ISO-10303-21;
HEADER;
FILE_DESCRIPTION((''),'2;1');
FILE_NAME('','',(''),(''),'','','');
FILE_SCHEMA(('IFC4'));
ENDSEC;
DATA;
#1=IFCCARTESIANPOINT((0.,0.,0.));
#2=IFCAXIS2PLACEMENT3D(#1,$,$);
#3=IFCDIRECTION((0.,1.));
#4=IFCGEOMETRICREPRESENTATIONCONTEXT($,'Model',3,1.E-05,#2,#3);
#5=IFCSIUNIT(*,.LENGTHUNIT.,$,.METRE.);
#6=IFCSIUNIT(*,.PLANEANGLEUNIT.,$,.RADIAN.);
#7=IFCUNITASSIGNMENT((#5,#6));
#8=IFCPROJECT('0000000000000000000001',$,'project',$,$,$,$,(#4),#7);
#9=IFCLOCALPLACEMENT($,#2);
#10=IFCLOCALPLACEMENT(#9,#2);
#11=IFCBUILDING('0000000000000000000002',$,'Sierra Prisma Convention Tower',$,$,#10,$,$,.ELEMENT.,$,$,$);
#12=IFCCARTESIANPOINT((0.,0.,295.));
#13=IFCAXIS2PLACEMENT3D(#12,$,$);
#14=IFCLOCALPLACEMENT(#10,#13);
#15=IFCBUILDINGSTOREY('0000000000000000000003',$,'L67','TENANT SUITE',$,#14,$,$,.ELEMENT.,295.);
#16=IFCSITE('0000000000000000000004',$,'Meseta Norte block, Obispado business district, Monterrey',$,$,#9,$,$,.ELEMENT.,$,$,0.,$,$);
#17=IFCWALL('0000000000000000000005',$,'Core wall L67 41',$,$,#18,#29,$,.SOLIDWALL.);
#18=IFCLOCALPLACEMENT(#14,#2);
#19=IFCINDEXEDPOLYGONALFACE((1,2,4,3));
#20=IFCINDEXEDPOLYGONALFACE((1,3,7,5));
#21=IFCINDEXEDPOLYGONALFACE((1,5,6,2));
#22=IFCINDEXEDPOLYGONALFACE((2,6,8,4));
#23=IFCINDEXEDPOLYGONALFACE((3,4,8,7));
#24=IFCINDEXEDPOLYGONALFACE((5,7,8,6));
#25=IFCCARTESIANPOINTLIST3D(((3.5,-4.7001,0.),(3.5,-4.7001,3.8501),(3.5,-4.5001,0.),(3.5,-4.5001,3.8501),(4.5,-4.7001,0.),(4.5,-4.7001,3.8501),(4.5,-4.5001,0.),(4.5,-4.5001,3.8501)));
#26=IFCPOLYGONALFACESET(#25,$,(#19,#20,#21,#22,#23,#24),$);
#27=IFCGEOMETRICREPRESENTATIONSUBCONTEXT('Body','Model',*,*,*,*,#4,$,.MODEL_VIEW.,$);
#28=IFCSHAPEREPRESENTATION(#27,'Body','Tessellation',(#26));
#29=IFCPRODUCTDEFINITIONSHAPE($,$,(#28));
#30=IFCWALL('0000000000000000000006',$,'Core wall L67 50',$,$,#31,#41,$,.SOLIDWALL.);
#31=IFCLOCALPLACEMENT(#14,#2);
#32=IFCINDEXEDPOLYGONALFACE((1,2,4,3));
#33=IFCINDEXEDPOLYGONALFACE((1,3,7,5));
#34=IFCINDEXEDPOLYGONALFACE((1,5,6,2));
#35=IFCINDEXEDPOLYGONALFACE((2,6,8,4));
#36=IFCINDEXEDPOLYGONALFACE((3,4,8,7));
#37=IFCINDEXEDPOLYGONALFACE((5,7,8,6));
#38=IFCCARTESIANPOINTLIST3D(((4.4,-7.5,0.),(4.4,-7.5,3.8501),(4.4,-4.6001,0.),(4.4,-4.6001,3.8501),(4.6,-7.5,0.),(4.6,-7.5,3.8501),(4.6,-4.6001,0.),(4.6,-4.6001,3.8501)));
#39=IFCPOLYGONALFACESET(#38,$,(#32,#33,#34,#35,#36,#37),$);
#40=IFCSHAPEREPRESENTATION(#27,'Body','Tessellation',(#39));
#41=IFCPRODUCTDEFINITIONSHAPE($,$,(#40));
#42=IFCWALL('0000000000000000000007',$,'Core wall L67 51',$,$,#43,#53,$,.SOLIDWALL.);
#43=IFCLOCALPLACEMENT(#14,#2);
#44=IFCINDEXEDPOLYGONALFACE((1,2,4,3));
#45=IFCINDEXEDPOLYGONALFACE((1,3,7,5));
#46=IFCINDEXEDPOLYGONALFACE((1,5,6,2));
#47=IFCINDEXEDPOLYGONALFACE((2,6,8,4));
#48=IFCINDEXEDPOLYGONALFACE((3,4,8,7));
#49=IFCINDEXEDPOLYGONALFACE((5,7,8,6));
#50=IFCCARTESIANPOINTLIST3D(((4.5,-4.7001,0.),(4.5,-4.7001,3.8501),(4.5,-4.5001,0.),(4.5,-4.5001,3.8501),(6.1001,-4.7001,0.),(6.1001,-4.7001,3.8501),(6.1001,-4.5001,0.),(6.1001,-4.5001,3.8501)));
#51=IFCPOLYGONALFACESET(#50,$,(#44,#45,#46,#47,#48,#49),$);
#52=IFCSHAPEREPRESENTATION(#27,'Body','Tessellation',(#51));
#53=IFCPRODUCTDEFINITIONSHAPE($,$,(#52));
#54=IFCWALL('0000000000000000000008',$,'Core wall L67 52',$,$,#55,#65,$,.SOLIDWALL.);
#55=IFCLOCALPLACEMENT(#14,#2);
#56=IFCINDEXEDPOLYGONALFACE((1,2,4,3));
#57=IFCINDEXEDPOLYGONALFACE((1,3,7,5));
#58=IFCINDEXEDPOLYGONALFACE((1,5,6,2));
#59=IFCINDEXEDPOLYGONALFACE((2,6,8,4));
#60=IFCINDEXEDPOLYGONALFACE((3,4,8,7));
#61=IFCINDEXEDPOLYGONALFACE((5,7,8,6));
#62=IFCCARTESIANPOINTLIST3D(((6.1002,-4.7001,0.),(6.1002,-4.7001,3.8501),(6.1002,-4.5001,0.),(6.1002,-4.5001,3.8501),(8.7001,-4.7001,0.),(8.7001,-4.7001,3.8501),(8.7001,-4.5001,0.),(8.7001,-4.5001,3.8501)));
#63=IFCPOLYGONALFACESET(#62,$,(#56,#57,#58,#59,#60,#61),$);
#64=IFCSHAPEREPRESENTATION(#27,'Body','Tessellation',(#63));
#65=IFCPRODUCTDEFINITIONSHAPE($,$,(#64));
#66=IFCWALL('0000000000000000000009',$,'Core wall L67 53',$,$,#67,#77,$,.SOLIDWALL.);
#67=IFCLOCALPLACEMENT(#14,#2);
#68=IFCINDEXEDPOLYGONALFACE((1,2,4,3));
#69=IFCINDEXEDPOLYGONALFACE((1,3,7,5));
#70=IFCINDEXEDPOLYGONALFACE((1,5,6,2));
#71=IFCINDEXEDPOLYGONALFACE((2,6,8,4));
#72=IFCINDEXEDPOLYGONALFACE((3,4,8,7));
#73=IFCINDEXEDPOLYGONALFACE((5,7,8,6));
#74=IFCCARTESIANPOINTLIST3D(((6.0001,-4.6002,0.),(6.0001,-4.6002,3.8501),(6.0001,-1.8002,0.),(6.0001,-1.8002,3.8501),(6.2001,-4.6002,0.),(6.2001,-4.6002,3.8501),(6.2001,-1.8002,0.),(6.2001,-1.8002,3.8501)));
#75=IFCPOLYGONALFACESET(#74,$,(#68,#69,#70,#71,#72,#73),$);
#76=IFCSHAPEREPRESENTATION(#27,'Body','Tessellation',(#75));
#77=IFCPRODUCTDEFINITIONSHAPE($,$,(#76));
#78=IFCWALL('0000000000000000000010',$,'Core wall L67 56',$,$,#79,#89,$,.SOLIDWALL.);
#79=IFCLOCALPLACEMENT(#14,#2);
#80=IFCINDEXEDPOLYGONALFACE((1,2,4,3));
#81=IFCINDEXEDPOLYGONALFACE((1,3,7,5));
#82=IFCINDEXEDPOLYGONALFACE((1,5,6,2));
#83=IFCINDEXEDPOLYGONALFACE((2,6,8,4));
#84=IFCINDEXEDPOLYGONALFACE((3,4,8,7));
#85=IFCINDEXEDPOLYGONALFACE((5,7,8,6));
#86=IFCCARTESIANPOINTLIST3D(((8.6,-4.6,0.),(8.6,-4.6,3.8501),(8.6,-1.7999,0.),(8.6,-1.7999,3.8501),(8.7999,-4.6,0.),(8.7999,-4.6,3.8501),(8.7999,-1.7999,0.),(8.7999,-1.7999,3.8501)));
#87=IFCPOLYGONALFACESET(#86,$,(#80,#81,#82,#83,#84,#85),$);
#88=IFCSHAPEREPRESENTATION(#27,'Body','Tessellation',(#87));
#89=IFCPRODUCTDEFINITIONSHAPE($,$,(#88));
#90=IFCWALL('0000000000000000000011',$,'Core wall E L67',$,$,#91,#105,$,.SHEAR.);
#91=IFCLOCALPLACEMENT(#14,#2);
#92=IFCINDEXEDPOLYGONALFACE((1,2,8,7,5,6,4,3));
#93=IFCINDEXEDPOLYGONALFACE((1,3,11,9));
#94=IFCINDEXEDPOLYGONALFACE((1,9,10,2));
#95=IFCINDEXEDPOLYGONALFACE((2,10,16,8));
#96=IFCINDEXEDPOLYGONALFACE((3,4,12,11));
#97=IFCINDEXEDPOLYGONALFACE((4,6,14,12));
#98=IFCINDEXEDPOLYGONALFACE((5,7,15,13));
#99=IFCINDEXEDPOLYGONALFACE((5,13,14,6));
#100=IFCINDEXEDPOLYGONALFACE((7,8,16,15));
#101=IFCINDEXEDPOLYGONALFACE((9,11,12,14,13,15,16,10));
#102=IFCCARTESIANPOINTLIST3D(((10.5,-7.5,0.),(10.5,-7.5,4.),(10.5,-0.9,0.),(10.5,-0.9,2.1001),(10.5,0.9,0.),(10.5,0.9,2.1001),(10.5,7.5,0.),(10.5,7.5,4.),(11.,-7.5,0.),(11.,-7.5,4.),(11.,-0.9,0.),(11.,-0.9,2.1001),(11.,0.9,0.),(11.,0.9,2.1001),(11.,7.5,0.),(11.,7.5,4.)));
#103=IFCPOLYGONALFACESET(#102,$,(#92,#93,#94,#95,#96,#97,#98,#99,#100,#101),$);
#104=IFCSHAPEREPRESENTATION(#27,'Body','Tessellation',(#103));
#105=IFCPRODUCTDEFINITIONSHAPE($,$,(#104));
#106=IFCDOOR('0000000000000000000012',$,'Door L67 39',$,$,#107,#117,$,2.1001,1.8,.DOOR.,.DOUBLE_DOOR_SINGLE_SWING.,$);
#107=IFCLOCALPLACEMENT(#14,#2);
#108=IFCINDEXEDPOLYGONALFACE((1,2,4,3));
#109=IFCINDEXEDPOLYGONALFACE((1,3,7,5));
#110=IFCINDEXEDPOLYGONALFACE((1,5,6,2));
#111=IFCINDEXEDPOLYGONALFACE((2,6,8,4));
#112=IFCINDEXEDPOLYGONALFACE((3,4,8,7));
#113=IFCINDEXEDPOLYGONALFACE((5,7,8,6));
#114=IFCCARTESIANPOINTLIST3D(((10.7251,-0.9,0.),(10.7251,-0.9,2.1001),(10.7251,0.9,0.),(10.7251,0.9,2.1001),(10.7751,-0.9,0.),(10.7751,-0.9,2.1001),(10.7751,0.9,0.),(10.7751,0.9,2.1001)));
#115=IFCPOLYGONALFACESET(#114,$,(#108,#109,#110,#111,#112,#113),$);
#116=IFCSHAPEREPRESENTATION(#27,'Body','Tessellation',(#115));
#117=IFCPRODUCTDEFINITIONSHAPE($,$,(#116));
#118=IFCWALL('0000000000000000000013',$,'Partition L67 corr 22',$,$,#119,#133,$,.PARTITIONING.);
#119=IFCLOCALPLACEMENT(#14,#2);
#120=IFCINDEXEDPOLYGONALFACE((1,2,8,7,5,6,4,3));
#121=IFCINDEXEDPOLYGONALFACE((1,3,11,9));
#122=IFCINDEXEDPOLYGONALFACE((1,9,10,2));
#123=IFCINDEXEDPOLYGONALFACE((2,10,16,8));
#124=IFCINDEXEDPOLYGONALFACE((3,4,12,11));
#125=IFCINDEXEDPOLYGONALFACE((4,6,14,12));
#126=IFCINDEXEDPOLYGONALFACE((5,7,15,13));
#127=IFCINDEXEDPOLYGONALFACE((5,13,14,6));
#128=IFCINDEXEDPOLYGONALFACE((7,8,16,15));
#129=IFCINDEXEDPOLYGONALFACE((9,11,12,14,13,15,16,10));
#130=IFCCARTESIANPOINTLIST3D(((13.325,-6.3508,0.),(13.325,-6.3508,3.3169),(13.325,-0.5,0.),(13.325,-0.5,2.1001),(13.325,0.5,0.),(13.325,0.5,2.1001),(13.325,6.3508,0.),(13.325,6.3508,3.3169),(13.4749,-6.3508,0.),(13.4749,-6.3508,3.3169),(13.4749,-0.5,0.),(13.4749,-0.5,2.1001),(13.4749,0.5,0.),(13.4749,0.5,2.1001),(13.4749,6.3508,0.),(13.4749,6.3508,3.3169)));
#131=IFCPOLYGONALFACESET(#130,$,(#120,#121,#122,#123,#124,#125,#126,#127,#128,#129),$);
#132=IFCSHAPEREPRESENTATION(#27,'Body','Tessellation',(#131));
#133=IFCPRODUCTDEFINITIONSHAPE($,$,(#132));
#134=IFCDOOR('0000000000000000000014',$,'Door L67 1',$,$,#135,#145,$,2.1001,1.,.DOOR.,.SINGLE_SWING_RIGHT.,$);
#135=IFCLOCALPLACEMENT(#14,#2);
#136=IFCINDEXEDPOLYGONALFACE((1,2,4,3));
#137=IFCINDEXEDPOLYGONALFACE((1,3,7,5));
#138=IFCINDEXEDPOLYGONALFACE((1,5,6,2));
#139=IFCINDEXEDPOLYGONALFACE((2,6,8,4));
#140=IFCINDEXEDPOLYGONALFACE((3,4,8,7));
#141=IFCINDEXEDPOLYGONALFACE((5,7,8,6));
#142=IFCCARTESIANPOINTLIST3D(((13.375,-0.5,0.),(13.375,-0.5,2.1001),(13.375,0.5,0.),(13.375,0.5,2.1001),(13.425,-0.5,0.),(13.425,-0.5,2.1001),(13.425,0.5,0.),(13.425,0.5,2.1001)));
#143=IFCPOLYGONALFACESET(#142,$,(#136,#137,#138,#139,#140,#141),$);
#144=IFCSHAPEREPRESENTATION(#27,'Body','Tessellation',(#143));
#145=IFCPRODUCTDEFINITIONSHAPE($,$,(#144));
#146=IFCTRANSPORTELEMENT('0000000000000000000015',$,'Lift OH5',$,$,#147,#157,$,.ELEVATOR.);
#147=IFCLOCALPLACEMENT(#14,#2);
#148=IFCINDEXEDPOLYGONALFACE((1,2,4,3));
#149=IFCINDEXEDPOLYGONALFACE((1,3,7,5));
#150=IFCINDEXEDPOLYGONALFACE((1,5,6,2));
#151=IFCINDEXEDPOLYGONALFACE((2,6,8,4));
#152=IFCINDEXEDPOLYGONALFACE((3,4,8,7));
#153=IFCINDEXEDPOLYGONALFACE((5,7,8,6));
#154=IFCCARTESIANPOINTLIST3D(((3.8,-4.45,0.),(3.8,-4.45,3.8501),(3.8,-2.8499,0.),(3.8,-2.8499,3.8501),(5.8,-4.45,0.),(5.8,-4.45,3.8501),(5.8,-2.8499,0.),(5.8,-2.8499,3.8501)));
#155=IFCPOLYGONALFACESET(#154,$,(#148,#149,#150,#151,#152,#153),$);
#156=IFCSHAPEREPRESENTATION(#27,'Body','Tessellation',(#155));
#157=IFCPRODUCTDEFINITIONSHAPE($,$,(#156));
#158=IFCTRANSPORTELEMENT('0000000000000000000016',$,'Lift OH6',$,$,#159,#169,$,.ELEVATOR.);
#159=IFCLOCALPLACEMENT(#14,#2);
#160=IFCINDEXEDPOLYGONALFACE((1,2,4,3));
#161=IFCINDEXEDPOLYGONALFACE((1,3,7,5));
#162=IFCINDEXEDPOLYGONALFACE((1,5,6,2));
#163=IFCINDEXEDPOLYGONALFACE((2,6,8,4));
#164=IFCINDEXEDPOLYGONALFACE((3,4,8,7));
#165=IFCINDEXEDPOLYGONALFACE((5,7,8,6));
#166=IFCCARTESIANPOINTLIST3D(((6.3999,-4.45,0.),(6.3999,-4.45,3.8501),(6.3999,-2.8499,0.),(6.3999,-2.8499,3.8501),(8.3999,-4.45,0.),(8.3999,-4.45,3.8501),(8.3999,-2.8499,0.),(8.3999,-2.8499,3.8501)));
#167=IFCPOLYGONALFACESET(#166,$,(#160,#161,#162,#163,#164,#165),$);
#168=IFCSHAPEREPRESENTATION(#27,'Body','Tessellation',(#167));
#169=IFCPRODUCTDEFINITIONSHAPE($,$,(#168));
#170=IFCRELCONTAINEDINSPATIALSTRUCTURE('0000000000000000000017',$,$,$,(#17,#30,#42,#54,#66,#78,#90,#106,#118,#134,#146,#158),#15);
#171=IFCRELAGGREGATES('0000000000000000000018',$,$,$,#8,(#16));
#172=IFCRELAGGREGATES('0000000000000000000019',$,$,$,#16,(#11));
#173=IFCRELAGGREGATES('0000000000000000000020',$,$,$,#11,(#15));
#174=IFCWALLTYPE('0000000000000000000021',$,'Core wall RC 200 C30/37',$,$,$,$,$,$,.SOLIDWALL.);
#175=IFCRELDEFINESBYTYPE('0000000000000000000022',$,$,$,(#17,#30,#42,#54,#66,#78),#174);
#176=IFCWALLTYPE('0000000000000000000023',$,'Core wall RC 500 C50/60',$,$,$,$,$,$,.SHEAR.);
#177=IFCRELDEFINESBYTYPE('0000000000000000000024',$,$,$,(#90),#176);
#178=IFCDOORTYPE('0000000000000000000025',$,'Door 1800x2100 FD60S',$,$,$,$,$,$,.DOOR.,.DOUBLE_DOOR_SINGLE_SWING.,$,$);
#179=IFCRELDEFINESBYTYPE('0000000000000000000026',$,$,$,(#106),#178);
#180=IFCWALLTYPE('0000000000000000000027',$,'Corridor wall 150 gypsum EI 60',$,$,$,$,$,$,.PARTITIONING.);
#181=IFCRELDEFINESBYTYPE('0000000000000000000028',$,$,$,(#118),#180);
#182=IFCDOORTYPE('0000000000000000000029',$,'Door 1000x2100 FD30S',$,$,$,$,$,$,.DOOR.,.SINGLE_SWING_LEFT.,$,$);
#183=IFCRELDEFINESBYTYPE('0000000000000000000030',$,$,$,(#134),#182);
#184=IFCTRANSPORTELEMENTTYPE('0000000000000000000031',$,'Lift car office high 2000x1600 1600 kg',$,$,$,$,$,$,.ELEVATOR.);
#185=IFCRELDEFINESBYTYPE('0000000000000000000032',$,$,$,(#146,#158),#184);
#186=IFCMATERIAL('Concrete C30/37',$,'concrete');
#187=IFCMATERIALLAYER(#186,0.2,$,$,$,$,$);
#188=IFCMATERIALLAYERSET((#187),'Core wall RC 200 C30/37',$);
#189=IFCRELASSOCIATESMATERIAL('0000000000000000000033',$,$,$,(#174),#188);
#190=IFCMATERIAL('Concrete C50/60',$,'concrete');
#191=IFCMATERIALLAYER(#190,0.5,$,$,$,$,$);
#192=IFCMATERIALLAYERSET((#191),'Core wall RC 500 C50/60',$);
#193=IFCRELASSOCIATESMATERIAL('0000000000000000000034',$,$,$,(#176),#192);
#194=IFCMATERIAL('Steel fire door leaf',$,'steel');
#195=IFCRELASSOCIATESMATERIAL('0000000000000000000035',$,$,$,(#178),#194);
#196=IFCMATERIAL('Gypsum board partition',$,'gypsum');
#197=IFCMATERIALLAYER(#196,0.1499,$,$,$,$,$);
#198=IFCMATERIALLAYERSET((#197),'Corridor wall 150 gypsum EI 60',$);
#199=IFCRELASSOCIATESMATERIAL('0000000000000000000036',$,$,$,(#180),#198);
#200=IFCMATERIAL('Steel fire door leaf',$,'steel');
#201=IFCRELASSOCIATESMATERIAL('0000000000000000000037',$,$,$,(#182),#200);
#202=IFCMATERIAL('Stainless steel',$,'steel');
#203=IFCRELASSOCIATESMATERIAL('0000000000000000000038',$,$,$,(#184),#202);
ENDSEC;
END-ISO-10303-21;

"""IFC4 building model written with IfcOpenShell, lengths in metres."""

from ifc_helpers import new_model, si_unit, direction, frame, frame_2d, origin, origin_2d, place, context, subcontext, project, spatial, rectangle, extrude, material, layer, layer_set, type_object, element, fill, save


model = new_model("IFC4")

# Units and contexts
model_context = context("Model", 3, precision=1e-05, world=origin(), true_north=direction((0.0, 1.0)))
body_context = subcontext(model_context, "Body", "Model", "MODEL_VIEW")
ifc_project = project(units=[si_unit("LENGTHUNIT", "METRE"), si_unit("PLANEANGLEUNIT", "RADIAN")], contexts=[model_context])

# Site, building, storey
site_placement = place(None, origin())
site = spatial("IfcSite", under=ifc_project, at=site_placement, Name="Meseta Norte block, Obispado business district, Monterrey", CompositionType="ELEMENT", RefElevation=0.0)
building_placement = place(site_placement, origin())
building = spatial("IfcBuilding", under=site, at=building_placement, Name="Sierra Prisma Convention Tower", CompositionType="ELEMENT")
storey_placement = place(building_placement, frame((0.0, 0.0, 295.0)))
storey = spatial("IfcBuildingStorey", under=building, at=storey_placement, Name="L67", Description="TENANT SUITE", CompositionType="ELEMENT", Elevation=295.0)

# Walls
ifc_material_1 = material(Name="Concrete C30/37", Category="concrete")
ifc_layer_1 = layer(ifc_material_1, 0.2)
ifc_layer_set_1 = layer_set([ifc_layer_1], Name="Core wall RC 200 C30/37")
wall_type_1 = type_object("IfcWallType", Name="Core wall RC 200 C30/37", PredefinedType="SOLIDWALL", material=ifc_layer_set_1)
wall_1_placement = place(storey_placement, frame((4.5, -4.6001, 0.0), z_axis=(0.0, 0.0, 1.0), x_axis=(-1.0, 0.0, 0.0)))
element("IfcWall", 1, at=wall_1_placement, inside=storey, type_object=wall_type_1, Name="Core wall L67 41", PredefinedType="SOLIDWALL", context=body_context, shape_type="SweptSolid", body=[
    extrude(rectangle(XDim=1.0, YDim=0.2, at=frame_2d((0.5, 0.0))), origin(), (0.0, 0.0, 1.0), 3.8501),
])
wall_2_placement = place(storey_placement, frame((4.5, -4.6001, 0.0), z_axis=(0.0, 0.0, 1.0), x_axis=(0.0, -1.0, 0.0)))
element("IfcWall", 2, at=wall_2_placement, inside=storey, type_object=wall_type_1, Name="Core wall L67 50", PredefinedType="SOLIDWALL", context=body_context, shape_type="SweptSolid", body=[
    extrude(rectangle(XDim=2.8999, YDim=0.2, at=frame_2d((1.45, 0.0))), origin(), (0.0, 0.0, 1.0), 3.8501),
])
wall_3_placement = place(storey_placement, frame((6.1001, -4.6001, 0.0), z_axis=(0.0, 0.0, 1.0), x_axis=(-1.0, 0.0, 0.0)))
element("IfcWall", 3, at=wall_3_placement, inside=storey, type_object=wall_type_1, Name="Core wall L67 51", PredefinedType="SOLIDWALL", context=body_context, shape_type="SweptSolid", body=[
    extrude(rectangle(XDim=1.6001, YDim=0.2, at=frame_2d((0.8, 0.0))), origin(), (0.0, 0.0, 1.0), 3.8501),
])
wall_4_placement = place(storey_placement, frame((8.7, -4.6001, 0.0), z_axis=(0.0, 0.0, 1.0), x_axis=(-1.0, 0.0, 0.0)))
element("IfcWall", 4, at=wall_4_placement, inside=storey, type_object=wall_type_1, Name="Core wall L67 52", PredefinedType="SOLIDWALL", context=body_context, shape_type="SweptSolid", body=[
    extrude(rectangle(XDim=2.5999, YDim=0.2, at=frame_2d((1.2998, 0.0))), origin(), (0.0, 0.0, 1.0), 3.8501),
])
wall_5_placement = place(storey_placement, frame((6.1001, -4.6001, 0.0), z_axis=(0.0, 0.0, 1.0), x_axis=(0.0, 1.0, 0.0)))
element("IfcWall", 5, at=wall_5_placement, inside=storey, type_object=wall_type_1, Name="Core wall L67 53", PredefinedType="SOLIDWALL", context=body_context, shape_type="SweptSolid", body=[
    extrude(rectangle(XDim=2.8, YDim=0.2, at=frame_2d((1.3999, 0.0))), origin(), (0.0, 0.0, 1.0), 3.8501),
])

# Wall
wall_6_placement = place(storey_placement, frame((8.7, -1.8, 0.0), z_axis=(0.0, 0.0, 1.0), x_axis=(0.0, -1.0, 0.0)))
element("IfcWall", 6, at=wall_6_placement, inside=storey, type_object=wall_type_1, Name="Core wall L67 56", PredefinedType="SOLIDWALL", context=body_context, shape_type="SweptSolid", body=[
    extrude(rectangle(XDim=2.8, YDim=0.2, at=frame_2d((1.3999, 0.0))), origin(), (0.0, 0.0, 1.0), 3.8501),
])

# Walls, openings, doors
ifc_material_2 = material(Name="Concrete C50/60", Category="concrete")
ifc_layer_2 = layer(ifc_material_2, 0.5)
ifc_layer_set_2 = layer_set([ifc_layer_2], Name="Core wall RC 500 C50/60")
wall_type_2 = type_object("IfcWallType", Name="Core wall RC 500 C50/60", PredefinedType="SHEAR", material=ifc_layer_set_2)
wall_7_placement = place(storey_placement, frame((10.75, -7.5, 0.0), z_axis=(0.0, 0.0, 1.0), x_axis=(0.0, 1.0, 0.0)))
wall_7 = element("IfcWall", 7, at=wall_7_placement, inside=storey, type_object=wall_type_2, Name="Core wall E L67", PredefinedType="SHEAR", context=body_context, shape_type="SweptSolid", body=[
    extrude(rectangle(XDim=15.0, YDim=0.5, at=frame_2d((7.5, 0.0))), origin(), (0.0, 0.0, 1.0), 4.0),
])
opening_1_placement = place(wall_7_placement, frame((6.6001, 0.0, 0.0)))
opening_1 = element("IfcOpeningElement", 8, at=opening_1_placement, cuts=wall_7, PredefinedType="OPENING", context=body_context, shape_type="SweptSolid", body=[
    extrude(rectangle(XDim=1.8, YDim=2.1001, at=frame_2d((0.8999, 1.05))), frame((0.0, 0.25, 0.0), z_axis=(0.0, -1.0, 0.0), x_axis=(1.0, 0.0, 0.0)), (0.0, 0.0, 1.0), 0.5),
])
ifc_material_3 = material(Name="Steel fire door leaf", Category="steel")
door_type_1 = type_object("IfcDoorType", Name="Door 1800x2100 FD60S", OperationType="DOUBLE_DOOR_SINGLE_SWING", PredefinedType="DOOR", material=ifc_material_3)
door_1_placement = place(opening_1_placement, origin())
door_1 = element("IfcDoor", 9, at=door_1_placement, inside=storey, type_object=door_type_1, Name="Door L67 39", OperationType="DOUBLE_DOOR_SINGLE_SWING", OverallHeight=2.1001, OverallWidth=1.8, PredefinedType="DOOR", context=body_context, shape_type="SweptSolid", body=[
    extrude(rectangle(XDim=1.8, YDim=2.1001, at=frame_2d((0.8999, 1.05))), frame((0.0, 0.0249, 0.0), z_axis=(0.0, -1.0, 0.0), x_axis=(1.0, 0.0, 0.0)), (0.0, 0.0, 1.0), 0.05),
])
fill(opening_1, door_1)
ifc_material_4 = material(Name="Gypsum board partition", Category="gypsum")
ifc_layer_3 = layer(ifc_material_4, 0.1499)
ifc_layer_set_3 = layer_set([ifc_layer_3], Name="Corridor wall 150 gypsum EI 60")
wall_type_3 = type_object("IfcWallType", Name="Corridor wall 150 gypsum EI 60", PredefinedType="PARTITIONING", material=ifc_layer_set_3)
wall_8_placement = place(storey_placement, frame((13.3999, -6.3508, 0.0), z_axis=(0.0, 0.0, 1.0), x_axis=(0.0, 1.0, 0.0)))
wall_8 = element("IfcWall", 10, at=wall_8_placement, inside=storey, type_object=wall_type_3, Name="Partition L67 corr 22", PredefinedType="PARTITIONING", context=body_context, shape_type="SweptSolid", body=[
    extrude(rectangle(XDim=12.7017, YDim=0.1499, at=frame_2d((6.3508, 0.0))), origin(), (0.0, 0.0, 1.0), 3.3169),
])
opening_2_placement = place(wall_8_placement, frame((5.8508, 0.0, 0.0)))
opening_2 = element("IfcOpeningElement", 11, at=opening_2_placement, cuts=wall_8, PredefinedType="OPENING", context=body_context, shape_type="SweptSolid", body=[
    extrude(rectangle(XDim=1.0, YDim=2.1001, at=frame_2d((0.5, 1.05))), frame((0.0, 0.075, 0.0), z_axis=(0.0, -1.0, 0.0), x_axis=(1.0, 0.0, 0.0)), (0.0, 0.0, 1.0), 0.1499),
])
ifc_material_5 = material(Name="Steel fire door leaf", Category="steel")
door_type_2 = type_object("IfcDoorType", Name="Door 1000x2100 FD30S", OperationType="SINGLE_SWING_LEFT", PredefinedType="DOOR", material=ifc_material_5)
door_2_placement = place(opening_2_placement, origin())
door_2 = element("IfcDoor", 12, at=door_2_placement, inside=storey, type_object=door_type_2, Name="Door L67 1", OperationType="SINGLE_SWING_RIGHT", OverallHeight=2.1001, OverallWidth=1.0, PredefinedType="DOOR", context=body_context, shape_type="SweptSolid", body=[
    extrude(rectangle(XDim=1.0, YDim=2.1001, at=frame_2d((0.5, 1.05))), frame((0.0, 0.0249, 0.0), z_axis=(0.0, -1.0, 0.0), x_axis=(1.0, 0.0, 0.0)), (0.0, 0.0, 1.0), 0.05),
])
fill(opening_2, door_2)

# Transport elements
ifc_material_6 = material(Name="Stainless steel", Category="steel")
transport_element_type = type_object("IfcTransportElementType", Name="Lift car office high 2000x1600 1600 kg", PredefinedType="ELEVATOR", material=ifc_material_6)
for number, where, z_axis, x_axis, name in (
    (13, (4.8, -3.6499, 0.0), (0.0, 0.0, 1.0), (1.0, 0.0, 0.0), "Lift OH5"),
    (14, (7.3999, -3.6499, 0.0), (0.0, 0.0, 1.0), (1.0, 0.0, 0.0), "Lift OH6"),
):
    element("IfcTransportElement", number, at=place(storey_placement, frame(where, z_axis=z_axis, x_axis=x_axis)), inside=storey, type_object=transport_element_type, Name=name, PredefinedType="ELEVATOR", context=body_context, shape_type="SweptSolid", body=[
        extrude(rectangle(XDim=2.0, YDim=1.6001, at=origin_2d()), origin(), (0.0, 0.0, 1.0), 3.8501),
    ])

save(model, "model.ifc")
